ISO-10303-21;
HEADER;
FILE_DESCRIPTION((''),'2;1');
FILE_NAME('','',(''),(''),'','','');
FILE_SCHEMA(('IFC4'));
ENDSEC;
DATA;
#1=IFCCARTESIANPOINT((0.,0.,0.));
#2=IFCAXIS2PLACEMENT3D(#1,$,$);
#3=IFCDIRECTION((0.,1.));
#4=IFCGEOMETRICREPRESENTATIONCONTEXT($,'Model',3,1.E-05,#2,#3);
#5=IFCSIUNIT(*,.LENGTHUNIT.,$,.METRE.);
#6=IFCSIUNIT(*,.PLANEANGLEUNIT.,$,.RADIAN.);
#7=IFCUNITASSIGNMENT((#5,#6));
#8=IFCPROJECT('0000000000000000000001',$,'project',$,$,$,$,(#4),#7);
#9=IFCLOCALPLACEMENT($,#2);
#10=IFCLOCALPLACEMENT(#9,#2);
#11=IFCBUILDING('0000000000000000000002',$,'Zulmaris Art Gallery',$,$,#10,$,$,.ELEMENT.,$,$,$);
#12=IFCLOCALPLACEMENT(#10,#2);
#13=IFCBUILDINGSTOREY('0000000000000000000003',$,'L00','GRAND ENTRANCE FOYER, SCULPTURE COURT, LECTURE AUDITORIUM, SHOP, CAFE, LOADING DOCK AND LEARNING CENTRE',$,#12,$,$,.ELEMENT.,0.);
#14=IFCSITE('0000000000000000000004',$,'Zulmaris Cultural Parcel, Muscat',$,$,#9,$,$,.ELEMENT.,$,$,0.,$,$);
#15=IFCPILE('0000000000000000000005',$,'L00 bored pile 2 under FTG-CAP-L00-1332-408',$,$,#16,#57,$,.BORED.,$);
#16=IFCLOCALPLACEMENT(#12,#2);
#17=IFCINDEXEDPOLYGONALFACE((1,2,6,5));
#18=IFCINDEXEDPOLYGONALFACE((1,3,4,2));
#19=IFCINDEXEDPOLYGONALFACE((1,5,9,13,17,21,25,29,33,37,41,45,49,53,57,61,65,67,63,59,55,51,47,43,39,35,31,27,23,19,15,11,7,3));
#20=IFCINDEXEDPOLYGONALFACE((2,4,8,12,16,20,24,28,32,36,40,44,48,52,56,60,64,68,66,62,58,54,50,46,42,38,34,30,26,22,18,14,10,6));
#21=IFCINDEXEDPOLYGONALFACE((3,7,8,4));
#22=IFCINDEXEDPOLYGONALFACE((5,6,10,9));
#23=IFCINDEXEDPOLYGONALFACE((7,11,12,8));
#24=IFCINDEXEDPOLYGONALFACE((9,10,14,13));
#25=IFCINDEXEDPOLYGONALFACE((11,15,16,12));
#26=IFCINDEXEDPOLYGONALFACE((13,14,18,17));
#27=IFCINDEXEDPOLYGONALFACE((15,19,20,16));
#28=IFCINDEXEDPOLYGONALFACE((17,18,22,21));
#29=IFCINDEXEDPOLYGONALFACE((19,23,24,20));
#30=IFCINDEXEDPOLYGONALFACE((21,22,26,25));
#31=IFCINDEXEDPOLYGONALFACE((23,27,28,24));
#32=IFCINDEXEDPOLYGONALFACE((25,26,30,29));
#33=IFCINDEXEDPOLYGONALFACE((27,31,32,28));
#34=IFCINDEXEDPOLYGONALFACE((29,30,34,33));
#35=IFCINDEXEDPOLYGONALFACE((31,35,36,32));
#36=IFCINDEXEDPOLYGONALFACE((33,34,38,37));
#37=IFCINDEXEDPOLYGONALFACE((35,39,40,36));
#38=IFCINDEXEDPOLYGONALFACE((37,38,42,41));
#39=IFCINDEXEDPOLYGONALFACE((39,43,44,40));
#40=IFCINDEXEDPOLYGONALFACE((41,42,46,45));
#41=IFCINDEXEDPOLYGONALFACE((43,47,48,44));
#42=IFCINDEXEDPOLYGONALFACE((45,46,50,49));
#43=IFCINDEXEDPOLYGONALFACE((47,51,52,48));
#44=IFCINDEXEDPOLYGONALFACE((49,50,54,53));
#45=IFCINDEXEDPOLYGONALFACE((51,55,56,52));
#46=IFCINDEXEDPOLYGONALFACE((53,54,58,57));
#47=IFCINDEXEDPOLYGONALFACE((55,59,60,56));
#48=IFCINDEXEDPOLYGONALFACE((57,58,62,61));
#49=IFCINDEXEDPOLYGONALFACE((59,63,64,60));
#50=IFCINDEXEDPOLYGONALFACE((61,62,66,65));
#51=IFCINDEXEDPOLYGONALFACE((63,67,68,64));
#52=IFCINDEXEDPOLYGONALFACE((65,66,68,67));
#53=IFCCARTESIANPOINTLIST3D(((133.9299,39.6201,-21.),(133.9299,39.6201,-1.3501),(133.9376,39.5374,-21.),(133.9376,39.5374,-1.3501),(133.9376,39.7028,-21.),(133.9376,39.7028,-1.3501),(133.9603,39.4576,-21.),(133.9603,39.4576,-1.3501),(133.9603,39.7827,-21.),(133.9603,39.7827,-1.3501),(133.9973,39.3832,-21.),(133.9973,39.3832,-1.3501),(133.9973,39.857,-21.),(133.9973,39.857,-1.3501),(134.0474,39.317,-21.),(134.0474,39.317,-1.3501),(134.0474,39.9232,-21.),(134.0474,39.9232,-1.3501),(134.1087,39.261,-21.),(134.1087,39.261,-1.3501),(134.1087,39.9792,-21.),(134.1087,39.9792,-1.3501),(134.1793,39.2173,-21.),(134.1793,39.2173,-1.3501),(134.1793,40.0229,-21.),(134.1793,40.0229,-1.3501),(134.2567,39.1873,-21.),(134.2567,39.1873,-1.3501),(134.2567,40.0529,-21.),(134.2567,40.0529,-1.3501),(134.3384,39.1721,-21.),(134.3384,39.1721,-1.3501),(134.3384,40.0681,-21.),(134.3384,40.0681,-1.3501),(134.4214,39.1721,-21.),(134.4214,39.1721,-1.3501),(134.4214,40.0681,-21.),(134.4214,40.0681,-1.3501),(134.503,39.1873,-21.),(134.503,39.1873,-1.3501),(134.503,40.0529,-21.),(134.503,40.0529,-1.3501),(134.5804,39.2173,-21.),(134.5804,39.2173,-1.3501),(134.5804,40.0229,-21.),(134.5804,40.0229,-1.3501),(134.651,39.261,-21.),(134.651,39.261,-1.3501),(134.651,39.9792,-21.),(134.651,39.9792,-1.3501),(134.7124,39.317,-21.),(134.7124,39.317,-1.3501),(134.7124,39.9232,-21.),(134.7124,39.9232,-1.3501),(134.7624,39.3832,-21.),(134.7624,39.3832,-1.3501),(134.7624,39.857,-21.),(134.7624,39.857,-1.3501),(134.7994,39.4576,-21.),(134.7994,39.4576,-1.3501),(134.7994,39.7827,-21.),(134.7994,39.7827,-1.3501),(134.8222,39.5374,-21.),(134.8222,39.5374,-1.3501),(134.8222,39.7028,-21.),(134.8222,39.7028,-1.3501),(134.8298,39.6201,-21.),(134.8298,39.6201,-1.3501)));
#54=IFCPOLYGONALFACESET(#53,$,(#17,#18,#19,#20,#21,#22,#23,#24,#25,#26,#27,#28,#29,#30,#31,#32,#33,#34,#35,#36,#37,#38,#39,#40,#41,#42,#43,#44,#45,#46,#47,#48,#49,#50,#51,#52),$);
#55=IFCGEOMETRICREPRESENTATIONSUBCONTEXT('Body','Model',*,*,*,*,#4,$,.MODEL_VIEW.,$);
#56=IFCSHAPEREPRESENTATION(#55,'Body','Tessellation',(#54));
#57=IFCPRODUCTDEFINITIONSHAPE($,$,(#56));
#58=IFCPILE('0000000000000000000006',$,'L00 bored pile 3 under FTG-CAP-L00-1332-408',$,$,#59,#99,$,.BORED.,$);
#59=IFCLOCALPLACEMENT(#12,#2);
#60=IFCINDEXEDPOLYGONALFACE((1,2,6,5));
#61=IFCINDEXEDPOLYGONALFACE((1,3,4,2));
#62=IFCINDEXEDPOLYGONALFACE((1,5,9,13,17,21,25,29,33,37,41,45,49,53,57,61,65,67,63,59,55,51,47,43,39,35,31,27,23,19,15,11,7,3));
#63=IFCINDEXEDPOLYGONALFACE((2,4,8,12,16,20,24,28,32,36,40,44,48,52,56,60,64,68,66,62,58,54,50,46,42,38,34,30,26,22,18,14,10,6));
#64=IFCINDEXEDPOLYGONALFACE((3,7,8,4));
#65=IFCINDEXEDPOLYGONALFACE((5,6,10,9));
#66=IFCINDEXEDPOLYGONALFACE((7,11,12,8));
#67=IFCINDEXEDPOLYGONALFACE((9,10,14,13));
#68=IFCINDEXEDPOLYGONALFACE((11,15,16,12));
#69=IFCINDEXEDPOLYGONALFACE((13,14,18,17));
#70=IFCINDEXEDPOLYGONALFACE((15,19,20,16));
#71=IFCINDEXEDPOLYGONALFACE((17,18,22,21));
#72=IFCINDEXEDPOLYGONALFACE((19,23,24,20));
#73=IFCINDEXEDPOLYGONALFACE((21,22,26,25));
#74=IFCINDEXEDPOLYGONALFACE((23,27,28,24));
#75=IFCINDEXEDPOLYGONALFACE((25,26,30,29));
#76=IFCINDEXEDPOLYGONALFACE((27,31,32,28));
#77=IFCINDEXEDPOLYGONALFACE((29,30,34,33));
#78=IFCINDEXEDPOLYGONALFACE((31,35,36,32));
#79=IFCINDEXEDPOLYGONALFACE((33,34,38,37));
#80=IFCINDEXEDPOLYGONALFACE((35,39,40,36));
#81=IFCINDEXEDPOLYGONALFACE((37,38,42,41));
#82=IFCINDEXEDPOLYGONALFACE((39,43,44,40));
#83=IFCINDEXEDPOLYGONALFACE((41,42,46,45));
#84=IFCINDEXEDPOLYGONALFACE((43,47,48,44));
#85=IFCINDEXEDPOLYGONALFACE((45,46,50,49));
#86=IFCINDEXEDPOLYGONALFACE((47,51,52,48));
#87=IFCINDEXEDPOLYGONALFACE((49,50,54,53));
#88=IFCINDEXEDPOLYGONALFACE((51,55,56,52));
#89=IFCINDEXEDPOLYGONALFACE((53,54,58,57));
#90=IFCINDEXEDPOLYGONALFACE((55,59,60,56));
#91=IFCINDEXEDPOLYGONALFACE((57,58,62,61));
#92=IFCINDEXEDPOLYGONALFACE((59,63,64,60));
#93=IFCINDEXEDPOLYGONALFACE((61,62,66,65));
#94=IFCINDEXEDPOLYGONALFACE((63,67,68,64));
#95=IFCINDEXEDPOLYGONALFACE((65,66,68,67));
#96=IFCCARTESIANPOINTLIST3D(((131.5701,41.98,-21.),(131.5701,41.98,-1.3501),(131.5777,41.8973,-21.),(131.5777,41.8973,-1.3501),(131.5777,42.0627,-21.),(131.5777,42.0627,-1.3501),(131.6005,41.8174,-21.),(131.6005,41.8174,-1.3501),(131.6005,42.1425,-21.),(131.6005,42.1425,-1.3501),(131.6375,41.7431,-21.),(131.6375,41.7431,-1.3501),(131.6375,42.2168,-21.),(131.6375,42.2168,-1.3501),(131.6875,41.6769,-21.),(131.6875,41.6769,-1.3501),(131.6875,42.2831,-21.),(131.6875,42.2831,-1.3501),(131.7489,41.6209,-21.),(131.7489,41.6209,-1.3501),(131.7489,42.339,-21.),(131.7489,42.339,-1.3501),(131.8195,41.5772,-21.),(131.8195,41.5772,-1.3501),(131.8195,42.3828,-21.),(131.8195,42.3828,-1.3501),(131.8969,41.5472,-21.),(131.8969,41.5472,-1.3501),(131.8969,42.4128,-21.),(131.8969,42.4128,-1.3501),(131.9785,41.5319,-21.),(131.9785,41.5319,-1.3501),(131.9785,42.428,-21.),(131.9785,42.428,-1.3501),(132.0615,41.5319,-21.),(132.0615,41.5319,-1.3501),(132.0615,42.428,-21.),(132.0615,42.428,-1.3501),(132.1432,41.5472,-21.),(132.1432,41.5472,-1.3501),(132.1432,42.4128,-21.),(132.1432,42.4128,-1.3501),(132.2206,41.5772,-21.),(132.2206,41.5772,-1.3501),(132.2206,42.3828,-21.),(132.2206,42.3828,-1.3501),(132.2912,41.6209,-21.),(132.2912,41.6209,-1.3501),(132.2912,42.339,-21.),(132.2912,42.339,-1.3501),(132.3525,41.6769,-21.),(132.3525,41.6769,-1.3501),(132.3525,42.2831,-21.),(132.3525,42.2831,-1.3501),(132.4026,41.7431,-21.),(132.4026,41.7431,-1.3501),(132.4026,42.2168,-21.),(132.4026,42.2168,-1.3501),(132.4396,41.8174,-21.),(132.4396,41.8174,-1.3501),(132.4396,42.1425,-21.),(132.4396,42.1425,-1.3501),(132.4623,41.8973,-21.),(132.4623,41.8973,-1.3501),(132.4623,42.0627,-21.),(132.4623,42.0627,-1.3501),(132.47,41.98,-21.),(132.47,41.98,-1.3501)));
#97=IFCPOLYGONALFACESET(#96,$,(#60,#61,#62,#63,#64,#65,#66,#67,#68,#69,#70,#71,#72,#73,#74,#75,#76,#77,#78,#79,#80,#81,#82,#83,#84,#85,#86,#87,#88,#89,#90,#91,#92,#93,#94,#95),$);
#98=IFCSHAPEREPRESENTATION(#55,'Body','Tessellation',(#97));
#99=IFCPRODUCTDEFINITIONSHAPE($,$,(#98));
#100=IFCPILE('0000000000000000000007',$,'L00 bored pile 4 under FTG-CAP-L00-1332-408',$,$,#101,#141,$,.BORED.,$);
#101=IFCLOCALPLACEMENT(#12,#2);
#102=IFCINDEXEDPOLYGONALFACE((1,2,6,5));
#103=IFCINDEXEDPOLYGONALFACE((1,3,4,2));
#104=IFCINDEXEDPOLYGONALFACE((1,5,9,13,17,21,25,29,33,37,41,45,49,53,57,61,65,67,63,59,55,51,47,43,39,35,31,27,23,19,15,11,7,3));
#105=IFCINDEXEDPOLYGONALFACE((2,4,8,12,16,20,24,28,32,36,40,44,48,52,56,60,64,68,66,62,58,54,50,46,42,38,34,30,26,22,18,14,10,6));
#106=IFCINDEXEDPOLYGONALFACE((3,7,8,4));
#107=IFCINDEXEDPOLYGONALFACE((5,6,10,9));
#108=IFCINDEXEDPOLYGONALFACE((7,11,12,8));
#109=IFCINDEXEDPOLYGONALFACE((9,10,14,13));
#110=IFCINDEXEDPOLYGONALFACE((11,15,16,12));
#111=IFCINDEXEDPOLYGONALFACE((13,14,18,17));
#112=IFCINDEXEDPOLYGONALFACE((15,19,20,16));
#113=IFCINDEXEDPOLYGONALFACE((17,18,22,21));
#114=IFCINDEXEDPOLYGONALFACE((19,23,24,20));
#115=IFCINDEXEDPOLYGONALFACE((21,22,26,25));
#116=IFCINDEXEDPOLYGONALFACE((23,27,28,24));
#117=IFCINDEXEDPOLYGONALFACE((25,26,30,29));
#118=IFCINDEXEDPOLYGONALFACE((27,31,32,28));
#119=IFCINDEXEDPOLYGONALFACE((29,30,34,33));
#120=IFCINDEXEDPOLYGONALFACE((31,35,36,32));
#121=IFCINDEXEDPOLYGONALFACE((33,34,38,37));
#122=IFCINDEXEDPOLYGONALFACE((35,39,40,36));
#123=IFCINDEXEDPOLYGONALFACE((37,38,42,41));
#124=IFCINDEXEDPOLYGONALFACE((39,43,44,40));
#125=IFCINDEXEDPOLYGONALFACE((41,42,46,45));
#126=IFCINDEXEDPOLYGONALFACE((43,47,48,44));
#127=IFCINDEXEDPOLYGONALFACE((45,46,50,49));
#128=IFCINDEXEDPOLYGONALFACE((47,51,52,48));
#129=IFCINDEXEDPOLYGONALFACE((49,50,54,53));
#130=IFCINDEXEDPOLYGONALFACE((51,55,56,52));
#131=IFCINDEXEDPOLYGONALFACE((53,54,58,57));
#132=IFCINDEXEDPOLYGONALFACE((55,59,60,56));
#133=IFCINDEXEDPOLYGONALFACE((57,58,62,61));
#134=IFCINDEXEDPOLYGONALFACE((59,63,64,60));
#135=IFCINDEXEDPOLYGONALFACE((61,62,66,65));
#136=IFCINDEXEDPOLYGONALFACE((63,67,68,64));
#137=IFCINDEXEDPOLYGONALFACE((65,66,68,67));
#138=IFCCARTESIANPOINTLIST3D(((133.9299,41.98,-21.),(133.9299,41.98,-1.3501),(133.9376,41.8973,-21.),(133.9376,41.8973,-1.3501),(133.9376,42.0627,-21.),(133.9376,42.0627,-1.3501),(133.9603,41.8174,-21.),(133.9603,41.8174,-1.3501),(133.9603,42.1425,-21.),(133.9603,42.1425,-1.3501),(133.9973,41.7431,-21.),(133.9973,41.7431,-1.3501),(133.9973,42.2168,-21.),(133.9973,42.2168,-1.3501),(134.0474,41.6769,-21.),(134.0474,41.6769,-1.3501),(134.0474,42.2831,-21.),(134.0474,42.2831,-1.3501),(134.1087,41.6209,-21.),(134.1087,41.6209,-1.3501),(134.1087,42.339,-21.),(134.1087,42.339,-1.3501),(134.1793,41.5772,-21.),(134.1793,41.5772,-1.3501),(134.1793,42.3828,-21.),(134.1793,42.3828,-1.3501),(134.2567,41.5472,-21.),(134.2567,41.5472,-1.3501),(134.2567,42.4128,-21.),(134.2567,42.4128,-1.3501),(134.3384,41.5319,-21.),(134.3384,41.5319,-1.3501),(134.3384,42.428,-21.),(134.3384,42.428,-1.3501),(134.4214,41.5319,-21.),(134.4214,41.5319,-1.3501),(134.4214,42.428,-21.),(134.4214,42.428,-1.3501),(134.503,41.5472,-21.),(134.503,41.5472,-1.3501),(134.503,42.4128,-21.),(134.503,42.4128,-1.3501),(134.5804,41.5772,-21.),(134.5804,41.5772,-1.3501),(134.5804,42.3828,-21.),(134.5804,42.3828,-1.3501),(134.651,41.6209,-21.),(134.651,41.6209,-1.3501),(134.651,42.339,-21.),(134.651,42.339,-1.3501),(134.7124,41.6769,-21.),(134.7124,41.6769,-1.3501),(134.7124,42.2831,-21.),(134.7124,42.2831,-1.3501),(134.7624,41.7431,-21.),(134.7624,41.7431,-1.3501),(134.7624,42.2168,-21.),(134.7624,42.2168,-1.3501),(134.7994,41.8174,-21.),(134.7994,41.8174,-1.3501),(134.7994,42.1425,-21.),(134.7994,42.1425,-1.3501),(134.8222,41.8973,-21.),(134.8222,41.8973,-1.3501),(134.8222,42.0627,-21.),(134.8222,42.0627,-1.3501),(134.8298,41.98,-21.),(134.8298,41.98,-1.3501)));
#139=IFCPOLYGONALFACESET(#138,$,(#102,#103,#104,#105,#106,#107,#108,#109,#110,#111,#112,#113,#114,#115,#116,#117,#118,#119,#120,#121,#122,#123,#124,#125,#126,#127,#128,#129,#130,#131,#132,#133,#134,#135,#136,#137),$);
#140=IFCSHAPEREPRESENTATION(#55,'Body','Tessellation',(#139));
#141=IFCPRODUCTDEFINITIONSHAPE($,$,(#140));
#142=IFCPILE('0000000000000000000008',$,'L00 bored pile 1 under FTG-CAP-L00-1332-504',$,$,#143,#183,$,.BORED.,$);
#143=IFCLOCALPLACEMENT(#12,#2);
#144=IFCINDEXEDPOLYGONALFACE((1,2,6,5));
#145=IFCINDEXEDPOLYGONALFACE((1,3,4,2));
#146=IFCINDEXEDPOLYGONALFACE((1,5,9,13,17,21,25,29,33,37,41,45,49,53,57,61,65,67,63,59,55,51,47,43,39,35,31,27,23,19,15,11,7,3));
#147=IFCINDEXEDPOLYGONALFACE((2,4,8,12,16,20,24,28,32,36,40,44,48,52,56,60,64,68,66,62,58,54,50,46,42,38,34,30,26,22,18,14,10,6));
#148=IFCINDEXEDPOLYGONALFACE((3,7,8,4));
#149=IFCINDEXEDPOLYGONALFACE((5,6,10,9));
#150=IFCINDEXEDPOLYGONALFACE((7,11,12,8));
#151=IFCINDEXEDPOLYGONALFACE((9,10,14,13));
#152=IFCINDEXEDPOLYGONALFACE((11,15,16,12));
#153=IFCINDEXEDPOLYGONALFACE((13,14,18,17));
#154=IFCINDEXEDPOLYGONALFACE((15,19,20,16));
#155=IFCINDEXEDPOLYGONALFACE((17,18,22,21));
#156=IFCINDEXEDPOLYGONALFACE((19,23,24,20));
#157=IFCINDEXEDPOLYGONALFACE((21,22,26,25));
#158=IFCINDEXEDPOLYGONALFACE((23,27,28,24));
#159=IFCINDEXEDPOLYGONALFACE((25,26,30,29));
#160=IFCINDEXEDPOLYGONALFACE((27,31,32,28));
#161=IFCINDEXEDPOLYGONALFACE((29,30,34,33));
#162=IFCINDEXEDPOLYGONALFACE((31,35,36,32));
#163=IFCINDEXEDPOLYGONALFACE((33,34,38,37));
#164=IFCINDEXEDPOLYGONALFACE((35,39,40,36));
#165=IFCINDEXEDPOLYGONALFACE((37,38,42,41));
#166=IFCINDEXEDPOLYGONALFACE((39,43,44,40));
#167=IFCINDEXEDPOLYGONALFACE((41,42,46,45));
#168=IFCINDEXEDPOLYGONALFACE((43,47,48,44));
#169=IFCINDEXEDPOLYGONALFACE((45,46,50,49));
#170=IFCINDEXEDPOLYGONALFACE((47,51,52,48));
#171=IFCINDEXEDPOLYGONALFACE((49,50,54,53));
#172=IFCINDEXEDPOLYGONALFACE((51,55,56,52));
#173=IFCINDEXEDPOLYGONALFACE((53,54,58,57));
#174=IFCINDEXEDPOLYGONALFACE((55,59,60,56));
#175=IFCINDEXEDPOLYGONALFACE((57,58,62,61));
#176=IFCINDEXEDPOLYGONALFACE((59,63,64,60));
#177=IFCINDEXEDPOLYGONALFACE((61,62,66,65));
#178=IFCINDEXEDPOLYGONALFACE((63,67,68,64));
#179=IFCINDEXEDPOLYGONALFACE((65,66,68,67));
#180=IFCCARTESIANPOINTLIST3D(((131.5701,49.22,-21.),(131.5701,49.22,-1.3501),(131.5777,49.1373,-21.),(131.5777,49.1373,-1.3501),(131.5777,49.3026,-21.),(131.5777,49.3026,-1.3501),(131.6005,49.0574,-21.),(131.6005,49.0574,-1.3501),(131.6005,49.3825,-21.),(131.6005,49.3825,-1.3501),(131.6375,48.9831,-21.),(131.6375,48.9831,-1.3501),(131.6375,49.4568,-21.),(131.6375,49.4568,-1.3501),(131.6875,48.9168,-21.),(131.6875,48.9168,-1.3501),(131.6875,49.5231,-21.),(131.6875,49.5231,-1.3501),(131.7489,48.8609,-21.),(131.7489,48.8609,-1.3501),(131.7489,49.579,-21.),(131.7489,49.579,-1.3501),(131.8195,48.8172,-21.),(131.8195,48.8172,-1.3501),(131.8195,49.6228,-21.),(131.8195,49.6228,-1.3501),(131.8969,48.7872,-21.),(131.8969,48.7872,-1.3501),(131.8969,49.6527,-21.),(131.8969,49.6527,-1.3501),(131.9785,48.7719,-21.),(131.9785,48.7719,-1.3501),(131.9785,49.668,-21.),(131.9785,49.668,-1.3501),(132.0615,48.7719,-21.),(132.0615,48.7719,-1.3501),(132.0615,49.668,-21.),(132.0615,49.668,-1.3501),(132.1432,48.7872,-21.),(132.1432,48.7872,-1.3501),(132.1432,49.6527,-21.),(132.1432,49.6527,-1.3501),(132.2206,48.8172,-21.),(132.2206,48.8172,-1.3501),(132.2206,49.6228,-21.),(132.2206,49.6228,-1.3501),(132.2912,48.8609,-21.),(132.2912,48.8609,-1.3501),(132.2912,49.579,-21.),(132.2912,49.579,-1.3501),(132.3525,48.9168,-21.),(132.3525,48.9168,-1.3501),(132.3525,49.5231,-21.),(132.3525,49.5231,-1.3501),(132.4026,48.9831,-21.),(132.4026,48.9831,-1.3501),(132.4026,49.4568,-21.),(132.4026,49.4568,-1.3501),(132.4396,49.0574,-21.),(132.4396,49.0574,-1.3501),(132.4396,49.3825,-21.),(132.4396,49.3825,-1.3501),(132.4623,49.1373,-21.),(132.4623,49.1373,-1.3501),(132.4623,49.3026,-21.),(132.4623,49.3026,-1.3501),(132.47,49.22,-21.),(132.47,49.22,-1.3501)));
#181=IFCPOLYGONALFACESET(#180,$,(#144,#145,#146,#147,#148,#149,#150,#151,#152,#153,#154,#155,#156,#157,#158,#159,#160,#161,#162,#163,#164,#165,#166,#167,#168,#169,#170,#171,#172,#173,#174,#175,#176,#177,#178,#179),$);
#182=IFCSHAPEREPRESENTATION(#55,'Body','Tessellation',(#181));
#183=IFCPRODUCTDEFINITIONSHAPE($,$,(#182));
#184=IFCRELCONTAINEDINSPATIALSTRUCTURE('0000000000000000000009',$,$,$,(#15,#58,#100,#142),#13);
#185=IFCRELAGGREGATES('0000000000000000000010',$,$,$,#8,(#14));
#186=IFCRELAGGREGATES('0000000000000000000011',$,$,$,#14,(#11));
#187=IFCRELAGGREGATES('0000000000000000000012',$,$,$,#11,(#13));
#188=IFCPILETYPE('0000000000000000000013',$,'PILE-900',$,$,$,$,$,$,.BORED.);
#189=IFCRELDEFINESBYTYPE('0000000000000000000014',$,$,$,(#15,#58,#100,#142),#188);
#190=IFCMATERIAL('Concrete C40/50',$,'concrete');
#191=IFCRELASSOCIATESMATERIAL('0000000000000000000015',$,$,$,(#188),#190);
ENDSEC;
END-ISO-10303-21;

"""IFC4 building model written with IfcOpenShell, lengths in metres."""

from ifc_helpers import new_model, si_unit, direction, frame, origin, origin_2d, place, context, subcontext, project, spatial, circle, extrude, material, material_profile, profile_set, type_object, element, save


model = new_model("IFC4")

# Units and contexts
model_context = context("Model", 3, precision=1e-05, world=origin(), true_north=direction((0.0, 1.0)))
body_context = subcontext(model_context, "Body", "Model", "MODEL_VIEW")
ifc_project = project(units=[si_unit("LENGTHUNIT", "METRE"), si_unit("PLANEANGLEUNIT", "RADIAN")], contexts=[model_context])

# Site, building, storey
site_placement = place(None, origin())
site = spatial("IfcSite", under=ifc_project, at=site_placement, Name="Zulmaris Cultural Parcel, Muscat", CompositionType="ELEMENT", RefElevation=0.0)
building_placement = place(site_placement, origin())
building = spatial("IfcBuilding", under=site, at=building_placement, Name="Zulmaris Art Gallery", CompositionType="ELEMENT")
storey_placement = place(building_placement, origin())
storey = spatial("IfcBuildingStorey", under=building, at=storey_placement, Name="L00", Description="GRAND ENTRANCE FOYER, SCULPTURE COURT, LECTURE AUDITORIUM, SHOP, CAFE, LOADING DOCK AND LEARNING CENTRE", CompositionType="ELEMENT", Elevation=0.0)

# Piles
ifc_material_1 = material(Name="Concrete C40/50", Category="concrete")
ifc_material_profile_1 = material_profile(ifc_material_1, circle(Radius=0.45, at=origin_2d()), Name="PILE DIA 900")
ifc_profile_set_1 = profile_set([ifc_material_profile_1], Name="Concrete C40/50")
pile_type = type_object("IfcPileType", Name="PILE-900", PredefinedType="BORED", material=ifc_profile_set_1)
for number, where, z_axis, x_axis, name in (
    (1, (134.3799, 39.6201, -1.3501), (0.0, 0.0, -1.0), (1.0, 0.0, 0.0), "L00 bored pile 2 under FTG-CAP-L00-1332-408"),
    (2, (132.02, 41.98, -1.3501), (0.0, 0.0, -1.0), (1.0, 0.0, 0.0), "L00 bored pile 3 under FTG-CAP-L00-1332-408"),
    (3, (134.3799, 41.98, -1.3501), (0.0, 0.0, -1.0), (1.0, 0.0, 0.0), "L00 bored pile 4 under FTG-CAP-L00-1332-408"),
    (4, (132.02, 49.22, -1.3501), (0.0, 0.0, -1.0), (1.0, 0.0, 0.0), "L00 bored pile 1 under FTG-CAP-L00-1332-504"),
):
    element("IfcPile", number, at=place(storey_placement, frame(where, z_axis=z_axis, x_axis=x_axis)), inside=storey, type_object=pile_type, Name=name, PredefinedType="BORED", context=body_context, shape_type="SweptSolid", body=[
        extrude(circle(Radius=0.45, at=origin_2d()), origin(), (0.0, 0.0, 1.0), 19.6499),
    ])

save(model, "model.ifc")
